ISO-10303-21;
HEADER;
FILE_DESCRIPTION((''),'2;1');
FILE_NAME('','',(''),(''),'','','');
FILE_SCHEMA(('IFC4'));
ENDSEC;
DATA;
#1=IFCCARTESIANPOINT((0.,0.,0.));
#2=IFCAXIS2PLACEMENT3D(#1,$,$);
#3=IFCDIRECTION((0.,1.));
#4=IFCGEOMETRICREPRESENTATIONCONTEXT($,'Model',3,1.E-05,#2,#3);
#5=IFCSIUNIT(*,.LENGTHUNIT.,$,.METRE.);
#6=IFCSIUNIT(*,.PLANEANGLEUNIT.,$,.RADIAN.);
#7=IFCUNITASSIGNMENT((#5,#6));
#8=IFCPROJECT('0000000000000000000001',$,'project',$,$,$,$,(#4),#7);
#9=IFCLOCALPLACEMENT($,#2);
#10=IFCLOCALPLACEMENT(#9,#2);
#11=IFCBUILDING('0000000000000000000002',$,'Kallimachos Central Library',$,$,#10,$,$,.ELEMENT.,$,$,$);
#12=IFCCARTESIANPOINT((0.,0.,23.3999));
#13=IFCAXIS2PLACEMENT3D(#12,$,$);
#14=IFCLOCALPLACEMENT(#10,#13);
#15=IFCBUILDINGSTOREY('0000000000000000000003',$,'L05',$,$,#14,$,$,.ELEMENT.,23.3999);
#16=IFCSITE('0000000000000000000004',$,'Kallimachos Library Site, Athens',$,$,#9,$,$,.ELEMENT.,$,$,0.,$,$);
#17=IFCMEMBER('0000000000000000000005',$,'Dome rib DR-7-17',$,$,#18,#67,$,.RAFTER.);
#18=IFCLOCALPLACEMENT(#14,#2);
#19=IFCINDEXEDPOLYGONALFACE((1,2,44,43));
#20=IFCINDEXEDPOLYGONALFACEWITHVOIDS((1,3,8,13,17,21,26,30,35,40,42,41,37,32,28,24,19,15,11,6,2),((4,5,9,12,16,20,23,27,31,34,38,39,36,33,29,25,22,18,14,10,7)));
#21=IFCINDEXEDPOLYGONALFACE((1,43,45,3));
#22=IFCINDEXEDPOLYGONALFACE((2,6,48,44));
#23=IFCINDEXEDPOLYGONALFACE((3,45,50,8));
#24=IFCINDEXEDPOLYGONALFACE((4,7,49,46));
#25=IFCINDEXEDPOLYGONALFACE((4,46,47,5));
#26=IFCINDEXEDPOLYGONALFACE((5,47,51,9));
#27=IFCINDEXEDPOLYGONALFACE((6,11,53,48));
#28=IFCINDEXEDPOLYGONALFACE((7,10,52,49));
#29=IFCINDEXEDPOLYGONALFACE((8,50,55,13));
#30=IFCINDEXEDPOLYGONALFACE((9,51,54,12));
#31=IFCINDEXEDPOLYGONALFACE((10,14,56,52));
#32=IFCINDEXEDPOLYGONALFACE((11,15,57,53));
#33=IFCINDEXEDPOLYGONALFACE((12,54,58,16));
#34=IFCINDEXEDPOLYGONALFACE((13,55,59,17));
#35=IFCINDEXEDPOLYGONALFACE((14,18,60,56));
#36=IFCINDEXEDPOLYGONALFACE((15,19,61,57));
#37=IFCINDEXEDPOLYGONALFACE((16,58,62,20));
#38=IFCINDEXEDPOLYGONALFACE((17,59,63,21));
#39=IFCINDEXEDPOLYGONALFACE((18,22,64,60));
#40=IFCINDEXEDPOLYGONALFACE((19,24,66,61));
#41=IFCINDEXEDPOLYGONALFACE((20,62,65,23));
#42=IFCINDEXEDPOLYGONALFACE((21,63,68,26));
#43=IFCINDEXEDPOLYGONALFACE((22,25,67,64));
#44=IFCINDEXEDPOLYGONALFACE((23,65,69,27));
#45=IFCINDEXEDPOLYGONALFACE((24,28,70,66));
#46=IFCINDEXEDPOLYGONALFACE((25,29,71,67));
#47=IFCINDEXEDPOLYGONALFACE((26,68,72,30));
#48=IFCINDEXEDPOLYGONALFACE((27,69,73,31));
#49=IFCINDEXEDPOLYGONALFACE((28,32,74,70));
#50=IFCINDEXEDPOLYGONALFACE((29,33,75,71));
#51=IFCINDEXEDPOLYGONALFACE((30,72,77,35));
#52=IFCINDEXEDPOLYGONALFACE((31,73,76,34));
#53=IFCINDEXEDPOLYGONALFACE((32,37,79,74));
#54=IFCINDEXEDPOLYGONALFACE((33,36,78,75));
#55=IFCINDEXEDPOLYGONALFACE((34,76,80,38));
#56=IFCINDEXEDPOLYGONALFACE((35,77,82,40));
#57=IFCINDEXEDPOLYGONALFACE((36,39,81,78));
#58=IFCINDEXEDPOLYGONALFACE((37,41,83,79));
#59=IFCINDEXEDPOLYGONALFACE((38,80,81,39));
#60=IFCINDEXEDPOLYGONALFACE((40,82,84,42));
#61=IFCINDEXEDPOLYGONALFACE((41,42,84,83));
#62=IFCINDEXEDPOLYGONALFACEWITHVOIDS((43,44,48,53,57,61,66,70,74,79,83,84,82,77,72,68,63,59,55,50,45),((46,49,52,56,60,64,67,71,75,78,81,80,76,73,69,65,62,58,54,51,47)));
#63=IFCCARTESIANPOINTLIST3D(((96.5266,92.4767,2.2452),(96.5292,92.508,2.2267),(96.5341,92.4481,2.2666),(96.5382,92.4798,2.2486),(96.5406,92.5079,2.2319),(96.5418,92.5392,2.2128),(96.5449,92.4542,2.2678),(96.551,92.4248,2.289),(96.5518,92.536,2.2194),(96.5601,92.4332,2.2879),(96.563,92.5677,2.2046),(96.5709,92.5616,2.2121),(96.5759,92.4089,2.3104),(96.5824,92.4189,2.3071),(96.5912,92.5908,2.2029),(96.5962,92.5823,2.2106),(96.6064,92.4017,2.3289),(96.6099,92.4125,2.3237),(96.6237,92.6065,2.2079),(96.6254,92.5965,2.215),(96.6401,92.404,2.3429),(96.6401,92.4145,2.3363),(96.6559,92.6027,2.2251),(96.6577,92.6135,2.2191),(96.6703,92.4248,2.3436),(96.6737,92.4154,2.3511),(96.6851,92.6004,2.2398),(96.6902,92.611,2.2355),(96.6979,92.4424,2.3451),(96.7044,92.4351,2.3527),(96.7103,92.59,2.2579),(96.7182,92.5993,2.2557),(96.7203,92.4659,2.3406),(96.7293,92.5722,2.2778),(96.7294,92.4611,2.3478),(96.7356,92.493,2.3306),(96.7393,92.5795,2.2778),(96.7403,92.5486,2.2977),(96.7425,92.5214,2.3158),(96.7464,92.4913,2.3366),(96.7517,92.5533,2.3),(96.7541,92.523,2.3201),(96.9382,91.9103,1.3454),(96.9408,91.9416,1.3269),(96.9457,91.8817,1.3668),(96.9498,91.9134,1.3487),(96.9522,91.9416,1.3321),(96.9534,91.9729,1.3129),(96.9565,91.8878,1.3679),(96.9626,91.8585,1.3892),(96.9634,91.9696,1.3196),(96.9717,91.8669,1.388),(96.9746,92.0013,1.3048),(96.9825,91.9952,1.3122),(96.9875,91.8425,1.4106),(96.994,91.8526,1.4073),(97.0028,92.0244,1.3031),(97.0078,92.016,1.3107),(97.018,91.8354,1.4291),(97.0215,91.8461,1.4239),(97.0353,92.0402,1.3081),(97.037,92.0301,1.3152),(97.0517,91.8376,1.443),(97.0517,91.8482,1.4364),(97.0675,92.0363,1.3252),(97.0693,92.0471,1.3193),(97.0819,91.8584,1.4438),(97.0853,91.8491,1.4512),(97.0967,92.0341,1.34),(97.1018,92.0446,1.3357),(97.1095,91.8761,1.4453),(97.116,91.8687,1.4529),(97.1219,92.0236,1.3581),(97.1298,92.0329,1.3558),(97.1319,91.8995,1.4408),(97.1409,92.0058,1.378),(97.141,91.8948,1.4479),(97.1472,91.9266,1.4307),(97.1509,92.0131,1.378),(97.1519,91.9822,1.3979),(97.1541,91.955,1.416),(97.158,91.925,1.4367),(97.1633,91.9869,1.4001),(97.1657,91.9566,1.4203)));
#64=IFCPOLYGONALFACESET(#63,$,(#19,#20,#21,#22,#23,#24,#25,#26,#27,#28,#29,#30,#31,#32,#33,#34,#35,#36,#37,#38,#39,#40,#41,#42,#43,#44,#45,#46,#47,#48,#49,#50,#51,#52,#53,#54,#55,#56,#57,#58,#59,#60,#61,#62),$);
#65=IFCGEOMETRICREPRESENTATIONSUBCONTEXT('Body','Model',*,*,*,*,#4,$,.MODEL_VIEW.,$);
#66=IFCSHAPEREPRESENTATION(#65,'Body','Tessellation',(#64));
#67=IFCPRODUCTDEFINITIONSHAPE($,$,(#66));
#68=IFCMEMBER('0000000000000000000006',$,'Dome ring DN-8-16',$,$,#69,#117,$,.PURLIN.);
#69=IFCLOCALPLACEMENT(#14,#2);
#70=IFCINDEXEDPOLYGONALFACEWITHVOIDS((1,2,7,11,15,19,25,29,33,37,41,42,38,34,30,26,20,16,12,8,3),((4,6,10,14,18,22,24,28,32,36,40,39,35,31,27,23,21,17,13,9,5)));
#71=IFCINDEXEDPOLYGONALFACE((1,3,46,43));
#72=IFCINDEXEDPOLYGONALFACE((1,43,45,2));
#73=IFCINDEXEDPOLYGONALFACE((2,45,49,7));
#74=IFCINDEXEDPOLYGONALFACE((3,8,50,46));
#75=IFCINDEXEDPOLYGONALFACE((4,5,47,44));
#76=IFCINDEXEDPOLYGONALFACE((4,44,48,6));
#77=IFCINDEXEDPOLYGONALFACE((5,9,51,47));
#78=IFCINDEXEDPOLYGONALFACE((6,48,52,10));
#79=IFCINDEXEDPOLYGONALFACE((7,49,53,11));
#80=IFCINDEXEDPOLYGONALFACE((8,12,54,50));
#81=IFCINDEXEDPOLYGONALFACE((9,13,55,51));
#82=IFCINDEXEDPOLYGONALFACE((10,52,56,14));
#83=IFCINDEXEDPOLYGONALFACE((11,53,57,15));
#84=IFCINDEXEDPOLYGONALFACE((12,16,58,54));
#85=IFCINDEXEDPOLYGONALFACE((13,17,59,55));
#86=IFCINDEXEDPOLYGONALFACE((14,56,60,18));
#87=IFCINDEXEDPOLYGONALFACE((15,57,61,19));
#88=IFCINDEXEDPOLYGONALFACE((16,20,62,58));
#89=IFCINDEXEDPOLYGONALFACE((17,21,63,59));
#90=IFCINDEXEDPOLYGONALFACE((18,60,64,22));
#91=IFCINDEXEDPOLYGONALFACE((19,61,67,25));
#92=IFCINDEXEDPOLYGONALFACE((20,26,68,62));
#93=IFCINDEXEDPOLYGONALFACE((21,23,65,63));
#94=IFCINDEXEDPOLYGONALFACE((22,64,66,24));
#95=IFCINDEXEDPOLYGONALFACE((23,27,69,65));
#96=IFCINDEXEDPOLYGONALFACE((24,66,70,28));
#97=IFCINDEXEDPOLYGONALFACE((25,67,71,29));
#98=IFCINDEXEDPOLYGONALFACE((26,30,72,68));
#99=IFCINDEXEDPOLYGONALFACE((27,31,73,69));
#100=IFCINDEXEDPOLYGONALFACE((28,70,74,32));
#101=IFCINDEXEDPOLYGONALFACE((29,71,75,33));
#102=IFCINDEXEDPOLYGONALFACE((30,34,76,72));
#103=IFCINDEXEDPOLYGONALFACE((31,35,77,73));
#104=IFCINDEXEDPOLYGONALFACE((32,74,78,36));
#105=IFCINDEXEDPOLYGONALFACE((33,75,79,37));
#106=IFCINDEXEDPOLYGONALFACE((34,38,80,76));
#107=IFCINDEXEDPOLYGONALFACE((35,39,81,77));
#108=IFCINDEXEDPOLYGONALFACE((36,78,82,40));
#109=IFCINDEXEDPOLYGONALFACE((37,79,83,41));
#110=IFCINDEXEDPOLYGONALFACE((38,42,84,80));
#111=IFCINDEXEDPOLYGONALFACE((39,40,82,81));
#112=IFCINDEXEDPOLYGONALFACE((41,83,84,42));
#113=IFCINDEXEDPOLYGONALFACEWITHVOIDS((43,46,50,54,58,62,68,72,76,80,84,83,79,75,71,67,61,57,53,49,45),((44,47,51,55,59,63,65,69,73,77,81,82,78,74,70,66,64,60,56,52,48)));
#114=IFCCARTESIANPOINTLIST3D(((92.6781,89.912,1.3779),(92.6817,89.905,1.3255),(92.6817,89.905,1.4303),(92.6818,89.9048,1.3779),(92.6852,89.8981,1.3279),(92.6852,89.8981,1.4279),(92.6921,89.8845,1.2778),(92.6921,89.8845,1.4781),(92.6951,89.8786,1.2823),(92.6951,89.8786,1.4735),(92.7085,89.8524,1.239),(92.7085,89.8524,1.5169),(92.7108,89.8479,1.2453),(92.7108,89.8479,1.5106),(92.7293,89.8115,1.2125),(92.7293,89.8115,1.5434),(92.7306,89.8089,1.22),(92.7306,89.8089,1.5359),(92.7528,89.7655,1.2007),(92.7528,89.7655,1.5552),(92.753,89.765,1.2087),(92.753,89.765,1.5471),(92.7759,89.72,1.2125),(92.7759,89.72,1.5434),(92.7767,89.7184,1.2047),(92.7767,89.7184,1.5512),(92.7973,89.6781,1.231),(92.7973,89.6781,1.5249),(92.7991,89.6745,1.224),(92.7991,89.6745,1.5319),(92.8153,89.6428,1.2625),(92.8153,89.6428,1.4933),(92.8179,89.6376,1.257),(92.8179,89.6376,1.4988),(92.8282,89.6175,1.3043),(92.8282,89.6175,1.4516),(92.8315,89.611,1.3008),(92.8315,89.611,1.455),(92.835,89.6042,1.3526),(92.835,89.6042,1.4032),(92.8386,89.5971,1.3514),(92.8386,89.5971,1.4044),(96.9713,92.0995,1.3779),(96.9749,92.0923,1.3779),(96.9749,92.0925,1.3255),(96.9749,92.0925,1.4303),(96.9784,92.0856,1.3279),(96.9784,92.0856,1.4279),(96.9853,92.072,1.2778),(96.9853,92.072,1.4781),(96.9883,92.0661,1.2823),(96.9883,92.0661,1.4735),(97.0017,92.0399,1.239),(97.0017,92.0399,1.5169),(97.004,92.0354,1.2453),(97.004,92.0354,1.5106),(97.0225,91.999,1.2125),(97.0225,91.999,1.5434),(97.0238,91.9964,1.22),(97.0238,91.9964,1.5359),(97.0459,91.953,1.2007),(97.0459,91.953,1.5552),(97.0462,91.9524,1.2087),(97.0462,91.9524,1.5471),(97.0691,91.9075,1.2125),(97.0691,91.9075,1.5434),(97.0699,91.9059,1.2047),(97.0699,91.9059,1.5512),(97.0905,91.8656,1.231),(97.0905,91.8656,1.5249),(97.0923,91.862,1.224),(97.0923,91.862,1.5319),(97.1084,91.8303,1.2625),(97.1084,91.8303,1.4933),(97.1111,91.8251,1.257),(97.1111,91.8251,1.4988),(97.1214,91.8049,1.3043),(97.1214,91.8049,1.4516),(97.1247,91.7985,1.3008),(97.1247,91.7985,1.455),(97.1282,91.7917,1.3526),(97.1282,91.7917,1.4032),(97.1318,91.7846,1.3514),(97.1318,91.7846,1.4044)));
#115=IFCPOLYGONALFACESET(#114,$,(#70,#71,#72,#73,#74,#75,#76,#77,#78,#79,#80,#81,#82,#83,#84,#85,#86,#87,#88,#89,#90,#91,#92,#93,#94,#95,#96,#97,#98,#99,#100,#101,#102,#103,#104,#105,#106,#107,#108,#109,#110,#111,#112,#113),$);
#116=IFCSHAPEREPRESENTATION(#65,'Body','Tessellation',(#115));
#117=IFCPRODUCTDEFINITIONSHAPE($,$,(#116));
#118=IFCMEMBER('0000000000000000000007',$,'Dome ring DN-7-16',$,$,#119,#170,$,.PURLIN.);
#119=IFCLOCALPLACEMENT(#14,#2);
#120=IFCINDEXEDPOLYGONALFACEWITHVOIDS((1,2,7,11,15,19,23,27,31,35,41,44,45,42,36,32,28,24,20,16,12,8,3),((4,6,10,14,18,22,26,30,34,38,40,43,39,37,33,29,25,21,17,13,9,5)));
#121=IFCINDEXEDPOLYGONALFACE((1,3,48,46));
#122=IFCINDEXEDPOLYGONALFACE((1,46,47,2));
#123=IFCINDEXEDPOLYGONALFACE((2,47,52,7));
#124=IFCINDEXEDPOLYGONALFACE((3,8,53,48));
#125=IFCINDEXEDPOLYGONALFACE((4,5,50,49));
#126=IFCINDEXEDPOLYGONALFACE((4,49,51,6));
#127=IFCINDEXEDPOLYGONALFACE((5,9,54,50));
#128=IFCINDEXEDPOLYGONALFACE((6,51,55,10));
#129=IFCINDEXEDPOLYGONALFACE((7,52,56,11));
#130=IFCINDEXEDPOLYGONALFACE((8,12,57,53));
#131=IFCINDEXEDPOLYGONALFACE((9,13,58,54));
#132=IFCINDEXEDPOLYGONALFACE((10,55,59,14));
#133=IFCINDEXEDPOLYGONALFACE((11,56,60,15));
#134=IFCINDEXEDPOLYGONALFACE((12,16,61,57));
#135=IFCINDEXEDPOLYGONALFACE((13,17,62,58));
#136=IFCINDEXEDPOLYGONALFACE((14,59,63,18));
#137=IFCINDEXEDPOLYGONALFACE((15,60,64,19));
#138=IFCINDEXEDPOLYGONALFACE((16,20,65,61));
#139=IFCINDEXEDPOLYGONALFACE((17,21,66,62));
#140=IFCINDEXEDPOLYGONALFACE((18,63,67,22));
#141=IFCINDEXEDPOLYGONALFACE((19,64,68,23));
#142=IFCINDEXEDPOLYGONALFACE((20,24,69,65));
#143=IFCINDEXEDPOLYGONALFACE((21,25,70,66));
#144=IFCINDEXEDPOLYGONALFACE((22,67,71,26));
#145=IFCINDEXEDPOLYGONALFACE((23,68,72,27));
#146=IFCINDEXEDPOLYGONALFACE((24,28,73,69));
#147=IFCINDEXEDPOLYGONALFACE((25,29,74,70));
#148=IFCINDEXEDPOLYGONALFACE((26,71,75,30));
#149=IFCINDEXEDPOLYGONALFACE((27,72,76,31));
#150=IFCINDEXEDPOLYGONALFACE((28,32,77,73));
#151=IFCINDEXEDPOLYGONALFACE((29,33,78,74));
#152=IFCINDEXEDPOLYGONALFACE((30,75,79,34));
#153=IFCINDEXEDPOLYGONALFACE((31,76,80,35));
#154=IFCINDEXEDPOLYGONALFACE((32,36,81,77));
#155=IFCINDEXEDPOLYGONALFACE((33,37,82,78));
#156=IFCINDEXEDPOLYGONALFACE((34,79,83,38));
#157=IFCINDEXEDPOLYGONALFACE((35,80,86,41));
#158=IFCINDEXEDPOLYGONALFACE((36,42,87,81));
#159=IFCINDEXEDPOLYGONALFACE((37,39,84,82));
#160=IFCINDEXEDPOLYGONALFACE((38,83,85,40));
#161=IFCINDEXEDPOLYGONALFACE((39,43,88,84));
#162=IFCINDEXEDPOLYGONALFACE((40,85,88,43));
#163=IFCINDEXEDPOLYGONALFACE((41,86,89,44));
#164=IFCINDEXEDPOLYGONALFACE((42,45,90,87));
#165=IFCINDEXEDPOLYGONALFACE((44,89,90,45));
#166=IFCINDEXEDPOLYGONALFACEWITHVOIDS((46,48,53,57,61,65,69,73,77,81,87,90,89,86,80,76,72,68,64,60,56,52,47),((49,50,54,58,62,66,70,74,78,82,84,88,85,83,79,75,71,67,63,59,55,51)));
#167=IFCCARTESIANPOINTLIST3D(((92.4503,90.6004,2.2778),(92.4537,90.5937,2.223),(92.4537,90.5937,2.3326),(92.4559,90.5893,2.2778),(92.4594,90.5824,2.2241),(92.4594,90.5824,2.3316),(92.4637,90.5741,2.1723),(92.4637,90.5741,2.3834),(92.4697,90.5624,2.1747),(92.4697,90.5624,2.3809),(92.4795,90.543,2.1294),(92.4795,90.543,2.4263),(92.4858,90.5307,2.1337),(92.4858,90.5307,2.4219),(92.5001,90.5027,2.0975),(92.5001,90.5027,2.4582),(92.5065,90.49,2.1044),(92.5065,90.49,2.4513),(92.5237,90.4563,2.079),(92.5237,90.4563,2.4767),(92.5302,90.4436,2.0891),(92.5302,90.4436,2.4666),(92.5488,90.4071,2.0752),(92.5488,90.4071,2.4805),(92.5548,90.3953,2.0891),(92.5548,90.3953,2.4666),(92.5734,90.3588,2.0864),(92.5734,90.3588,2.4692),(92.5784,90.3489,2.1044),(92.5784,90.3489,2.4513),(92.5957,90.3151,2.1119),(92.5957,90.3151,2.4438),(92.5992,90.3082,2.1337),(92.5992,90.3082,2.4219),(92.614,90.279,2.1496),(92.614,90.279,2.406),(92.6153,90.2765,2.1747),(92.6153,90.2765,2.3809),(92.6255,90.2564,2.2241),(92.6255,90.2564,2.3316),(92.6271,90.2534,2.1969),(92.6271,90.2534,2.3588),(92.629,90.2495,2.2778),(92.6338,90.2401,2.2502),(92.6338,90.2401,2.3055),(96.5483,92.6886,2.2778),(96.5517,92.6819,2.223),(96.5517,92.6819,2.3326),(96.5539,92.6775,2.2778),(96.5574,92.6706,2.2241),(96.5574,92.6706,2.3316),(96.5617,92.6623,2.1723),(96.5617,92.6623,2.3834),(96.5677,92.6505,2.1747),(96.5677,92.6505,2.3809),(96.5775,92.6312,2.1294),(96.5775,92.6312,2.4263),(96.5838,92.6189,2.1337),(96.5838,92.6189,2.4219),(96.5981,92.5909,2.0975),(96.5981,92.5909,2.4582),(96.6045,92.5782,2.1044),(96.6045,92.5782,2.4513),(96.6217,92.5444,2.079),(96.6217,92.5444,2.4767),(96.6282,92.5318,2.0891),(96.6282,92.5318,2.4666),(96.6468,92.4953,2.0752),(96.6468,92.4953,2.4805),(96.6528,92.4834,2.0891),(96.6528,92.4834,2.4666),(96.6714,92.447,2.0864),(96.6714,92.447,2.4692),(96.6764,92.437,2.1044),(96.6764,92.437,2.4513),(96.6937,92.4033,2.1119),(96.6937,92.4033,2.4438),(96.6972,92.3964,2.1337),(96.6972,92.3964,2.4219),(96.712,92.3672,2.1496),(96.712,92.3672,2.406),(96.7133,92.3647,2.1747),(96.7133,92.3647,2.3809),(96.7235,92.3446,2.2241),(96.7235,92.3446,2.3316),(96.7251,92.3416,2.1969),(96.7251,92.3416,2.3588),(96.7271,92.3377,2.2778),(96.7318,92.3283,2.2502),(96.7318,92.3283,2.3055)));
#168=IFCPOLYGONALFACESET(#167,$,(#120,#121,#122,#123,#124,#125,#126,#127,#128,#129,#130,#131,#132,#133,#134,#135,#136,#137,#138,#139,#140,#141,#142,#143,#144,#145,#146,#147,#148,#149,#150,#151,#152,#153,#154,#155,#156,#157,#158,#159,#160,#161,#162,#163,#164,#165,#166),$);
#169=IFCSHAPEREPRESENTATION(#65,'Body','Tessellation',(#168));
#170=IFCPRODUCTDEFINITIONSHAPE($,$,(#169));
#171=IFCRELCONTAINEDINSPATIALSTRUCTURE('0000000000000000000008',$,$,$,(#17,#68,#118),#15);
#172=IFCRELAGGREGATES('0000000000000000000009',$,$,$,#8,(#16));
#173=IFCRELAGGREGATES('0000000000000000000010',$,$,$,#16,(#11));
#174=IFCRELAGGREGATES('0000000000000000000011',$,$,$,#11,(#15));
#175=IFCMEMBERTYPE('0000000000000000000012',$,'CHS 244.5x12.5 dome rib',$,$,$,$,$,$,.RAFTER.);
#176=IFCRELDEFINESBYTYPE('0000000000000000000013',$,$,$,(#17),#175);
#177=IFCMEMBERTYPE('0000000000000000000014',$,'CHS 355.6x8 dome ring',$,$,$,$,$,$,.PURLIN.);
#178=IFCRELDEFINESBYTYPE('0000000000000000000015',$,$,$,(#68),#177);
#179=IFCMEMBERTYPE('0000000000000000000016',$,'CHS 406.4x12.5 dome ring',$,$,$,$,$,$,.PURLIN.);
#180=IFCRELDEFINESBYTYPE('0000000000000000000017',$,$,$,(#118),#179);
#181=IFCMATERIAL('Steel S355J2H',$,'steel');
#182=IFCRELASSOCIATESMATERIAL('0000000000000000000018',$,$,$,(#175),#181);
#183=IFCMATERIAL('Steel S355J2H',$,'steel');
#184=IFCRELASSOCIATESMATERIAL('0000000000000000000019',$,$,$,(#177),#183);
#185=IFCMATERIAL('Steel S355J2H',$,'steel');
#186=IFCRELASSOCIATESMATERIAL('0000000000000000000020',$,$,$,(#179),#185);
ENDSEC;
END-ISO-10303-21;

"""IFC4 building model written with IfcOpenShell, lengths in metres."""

from ifc_helpers import new_model, si_unit, direction, frame, origin, origin_2d, place, context, subcontext, project, spatial, hollow_circle, extrude, material, material_profile, profile_set, type_object, element, save


model = new_model("IFC4")

# Units and contexts
model_context = context("Model", 3, precision=1e-05, world=origin(), true_north=direction((0.0, 1.0)))
body_context = subcontext(model_context, "Body", "Model", "MODEL_VIEW")
ifc_project = project(units=[si_unit("LENGTHUNIT", "METRE"), si_unit("PLANEANGLEUNIT", "RADIAN")], contexts=[model_context])

# Site, building, storey
site_placement = place(None, origin())
site = spatial("IfcSite", under=ifc_project, at=site_placement, Name="Kallimachos Library Site, Athens", CompositionType="ELEMENT", RefElevation=0.0)
building_placement = place(site_placement, origin())
building = spatial("IfcBuilding", under=site, at=building_placement, Name="Kallimachos Central Library", CompositionType="ELEMENT")
storey_placement = place(building_placement, frame((0.0, 0.0, 23.3999)))
storey = spatial("IfcBuildingStorey", under=building, at=storey_placement, Name="L05", CompositionType="ELEMENT", Elevation=23.3999)

# Members
ifc_material_1 = material(Name="Steel S355J2H", Category="steel")
ifc_material_profile_1 = material_profile(ifc_material_1, hollow_circle(Radius=0.1223, WallThickness=0.0125, at=origin_2d()), Name="CHS 244.5x12.5")
ifc_profile_set_1 = profile_set([ifc_material_profile_1], Name="Steel S355J2H")
member_type_1 = type_object("IfcMemberType", Name="CHS 244.5x12.5 dome rib", PredefinedType="RAFTER", material=ifc_profile_set_1)
for number, where, z_axis, x_axis, name in (
    (1, (96.6404, 92.5076, 2.2778), (0.361006, -0.496757, -0.789245), (0.808947, 0.587881, 0.0), "Dome rib DR-7-17"),
):
    element("IfcMember", number, at=place(storey_placement, frame(where, z_axis=z_axis, x_axis=x_axis)), inside=storey, type_object=member_type_1, Name=name, PredefinedType="RAFTER", context=body_context, shape_type="SweptSolid", body=[
        extrude(hollow_circle(Radius=0.1223, WallThickness=0.0125, at=origin_2d()), origin(), (0.0, 0.0, 1.0), 1.1401),
    ])
ifc_material_2 = material(Name="Steel S355J2H", Category="steel")
ifc_material_profile_2 = material_profile(ifc_material_2, hollow_circle(Radius=0.1777, WallThickness=0.0081, at=origin_2d()), Name="CHS 355.6x8")
ifc_profile_set_2 = profile_set([ifc_material_profile_2], Name="Steel S355J2H")
member_type_2 = type_object("IfcMemberType", Name="CHS 355.6x8 dome ring", PredefinedType="PURLIN", material=ifc_profile_set_2)
member_1_placement = place(storey_placement, frame((92.7588, 89.7537, 1.3779), z_axis=(0.891007, 0.45399, 0.0), x_axis=(-0.45399, 0.891007, 0.0)))
element("IfcMember", 2, at=member_1_placement, inside=storey, type_object=member_type_2, Name="Dome ring DN-8-16", PredefinedType="PURLIN", context=body_context, shape_type="SweptSolid", body=[
    extrude(hollow_circle(Radius=0.1777, WallThickness=0.0081, at=origin_2d()), origin(), (0.0, 0.0, 1.0), 4.8184),
])
ifc_material_3 = material(Name="Steel S355J2H", Category="steel")
ifc_material_profile_3 = material_profile(ifc_material_3, hollow_circle(Radius=0.2031, WallThickness=0.0125, at=origin_2d()), Name="CHS 406.4x12.5")
ifc_profile_set_3 = profile_set([ifc_material_profile_3], Name="Steel S355J2H")
member_type_3 = type_object("IfcMemberType", Name="CHS 406.4x12.5 dome ring", PredefinedType="PURLIN", material=ifc_profile_set_3)
member_2_placement = place(storey_placement, frame((92.5425, 90.4194, 2.2778), z_axis=(0.890993, 0.454016, 0.0), x_axis=(-0.454016, 0.890993, 0.0)))
element("IfcMember", 3, at=member_2_placement, inside=storey, type_object=member_type_3, Name="Dome ring DN-7-16", PredefinedType="PURLIN", context=body_context, shape_type="SweptSolid", body=[
    extrude(hollow_circle(Radius=0.2031, WallThickness=0.0125, at=origin_2d()), origin(), (0.0, 0.0, 1.0), 4.5994),
])

save(model, "model.ifc")
